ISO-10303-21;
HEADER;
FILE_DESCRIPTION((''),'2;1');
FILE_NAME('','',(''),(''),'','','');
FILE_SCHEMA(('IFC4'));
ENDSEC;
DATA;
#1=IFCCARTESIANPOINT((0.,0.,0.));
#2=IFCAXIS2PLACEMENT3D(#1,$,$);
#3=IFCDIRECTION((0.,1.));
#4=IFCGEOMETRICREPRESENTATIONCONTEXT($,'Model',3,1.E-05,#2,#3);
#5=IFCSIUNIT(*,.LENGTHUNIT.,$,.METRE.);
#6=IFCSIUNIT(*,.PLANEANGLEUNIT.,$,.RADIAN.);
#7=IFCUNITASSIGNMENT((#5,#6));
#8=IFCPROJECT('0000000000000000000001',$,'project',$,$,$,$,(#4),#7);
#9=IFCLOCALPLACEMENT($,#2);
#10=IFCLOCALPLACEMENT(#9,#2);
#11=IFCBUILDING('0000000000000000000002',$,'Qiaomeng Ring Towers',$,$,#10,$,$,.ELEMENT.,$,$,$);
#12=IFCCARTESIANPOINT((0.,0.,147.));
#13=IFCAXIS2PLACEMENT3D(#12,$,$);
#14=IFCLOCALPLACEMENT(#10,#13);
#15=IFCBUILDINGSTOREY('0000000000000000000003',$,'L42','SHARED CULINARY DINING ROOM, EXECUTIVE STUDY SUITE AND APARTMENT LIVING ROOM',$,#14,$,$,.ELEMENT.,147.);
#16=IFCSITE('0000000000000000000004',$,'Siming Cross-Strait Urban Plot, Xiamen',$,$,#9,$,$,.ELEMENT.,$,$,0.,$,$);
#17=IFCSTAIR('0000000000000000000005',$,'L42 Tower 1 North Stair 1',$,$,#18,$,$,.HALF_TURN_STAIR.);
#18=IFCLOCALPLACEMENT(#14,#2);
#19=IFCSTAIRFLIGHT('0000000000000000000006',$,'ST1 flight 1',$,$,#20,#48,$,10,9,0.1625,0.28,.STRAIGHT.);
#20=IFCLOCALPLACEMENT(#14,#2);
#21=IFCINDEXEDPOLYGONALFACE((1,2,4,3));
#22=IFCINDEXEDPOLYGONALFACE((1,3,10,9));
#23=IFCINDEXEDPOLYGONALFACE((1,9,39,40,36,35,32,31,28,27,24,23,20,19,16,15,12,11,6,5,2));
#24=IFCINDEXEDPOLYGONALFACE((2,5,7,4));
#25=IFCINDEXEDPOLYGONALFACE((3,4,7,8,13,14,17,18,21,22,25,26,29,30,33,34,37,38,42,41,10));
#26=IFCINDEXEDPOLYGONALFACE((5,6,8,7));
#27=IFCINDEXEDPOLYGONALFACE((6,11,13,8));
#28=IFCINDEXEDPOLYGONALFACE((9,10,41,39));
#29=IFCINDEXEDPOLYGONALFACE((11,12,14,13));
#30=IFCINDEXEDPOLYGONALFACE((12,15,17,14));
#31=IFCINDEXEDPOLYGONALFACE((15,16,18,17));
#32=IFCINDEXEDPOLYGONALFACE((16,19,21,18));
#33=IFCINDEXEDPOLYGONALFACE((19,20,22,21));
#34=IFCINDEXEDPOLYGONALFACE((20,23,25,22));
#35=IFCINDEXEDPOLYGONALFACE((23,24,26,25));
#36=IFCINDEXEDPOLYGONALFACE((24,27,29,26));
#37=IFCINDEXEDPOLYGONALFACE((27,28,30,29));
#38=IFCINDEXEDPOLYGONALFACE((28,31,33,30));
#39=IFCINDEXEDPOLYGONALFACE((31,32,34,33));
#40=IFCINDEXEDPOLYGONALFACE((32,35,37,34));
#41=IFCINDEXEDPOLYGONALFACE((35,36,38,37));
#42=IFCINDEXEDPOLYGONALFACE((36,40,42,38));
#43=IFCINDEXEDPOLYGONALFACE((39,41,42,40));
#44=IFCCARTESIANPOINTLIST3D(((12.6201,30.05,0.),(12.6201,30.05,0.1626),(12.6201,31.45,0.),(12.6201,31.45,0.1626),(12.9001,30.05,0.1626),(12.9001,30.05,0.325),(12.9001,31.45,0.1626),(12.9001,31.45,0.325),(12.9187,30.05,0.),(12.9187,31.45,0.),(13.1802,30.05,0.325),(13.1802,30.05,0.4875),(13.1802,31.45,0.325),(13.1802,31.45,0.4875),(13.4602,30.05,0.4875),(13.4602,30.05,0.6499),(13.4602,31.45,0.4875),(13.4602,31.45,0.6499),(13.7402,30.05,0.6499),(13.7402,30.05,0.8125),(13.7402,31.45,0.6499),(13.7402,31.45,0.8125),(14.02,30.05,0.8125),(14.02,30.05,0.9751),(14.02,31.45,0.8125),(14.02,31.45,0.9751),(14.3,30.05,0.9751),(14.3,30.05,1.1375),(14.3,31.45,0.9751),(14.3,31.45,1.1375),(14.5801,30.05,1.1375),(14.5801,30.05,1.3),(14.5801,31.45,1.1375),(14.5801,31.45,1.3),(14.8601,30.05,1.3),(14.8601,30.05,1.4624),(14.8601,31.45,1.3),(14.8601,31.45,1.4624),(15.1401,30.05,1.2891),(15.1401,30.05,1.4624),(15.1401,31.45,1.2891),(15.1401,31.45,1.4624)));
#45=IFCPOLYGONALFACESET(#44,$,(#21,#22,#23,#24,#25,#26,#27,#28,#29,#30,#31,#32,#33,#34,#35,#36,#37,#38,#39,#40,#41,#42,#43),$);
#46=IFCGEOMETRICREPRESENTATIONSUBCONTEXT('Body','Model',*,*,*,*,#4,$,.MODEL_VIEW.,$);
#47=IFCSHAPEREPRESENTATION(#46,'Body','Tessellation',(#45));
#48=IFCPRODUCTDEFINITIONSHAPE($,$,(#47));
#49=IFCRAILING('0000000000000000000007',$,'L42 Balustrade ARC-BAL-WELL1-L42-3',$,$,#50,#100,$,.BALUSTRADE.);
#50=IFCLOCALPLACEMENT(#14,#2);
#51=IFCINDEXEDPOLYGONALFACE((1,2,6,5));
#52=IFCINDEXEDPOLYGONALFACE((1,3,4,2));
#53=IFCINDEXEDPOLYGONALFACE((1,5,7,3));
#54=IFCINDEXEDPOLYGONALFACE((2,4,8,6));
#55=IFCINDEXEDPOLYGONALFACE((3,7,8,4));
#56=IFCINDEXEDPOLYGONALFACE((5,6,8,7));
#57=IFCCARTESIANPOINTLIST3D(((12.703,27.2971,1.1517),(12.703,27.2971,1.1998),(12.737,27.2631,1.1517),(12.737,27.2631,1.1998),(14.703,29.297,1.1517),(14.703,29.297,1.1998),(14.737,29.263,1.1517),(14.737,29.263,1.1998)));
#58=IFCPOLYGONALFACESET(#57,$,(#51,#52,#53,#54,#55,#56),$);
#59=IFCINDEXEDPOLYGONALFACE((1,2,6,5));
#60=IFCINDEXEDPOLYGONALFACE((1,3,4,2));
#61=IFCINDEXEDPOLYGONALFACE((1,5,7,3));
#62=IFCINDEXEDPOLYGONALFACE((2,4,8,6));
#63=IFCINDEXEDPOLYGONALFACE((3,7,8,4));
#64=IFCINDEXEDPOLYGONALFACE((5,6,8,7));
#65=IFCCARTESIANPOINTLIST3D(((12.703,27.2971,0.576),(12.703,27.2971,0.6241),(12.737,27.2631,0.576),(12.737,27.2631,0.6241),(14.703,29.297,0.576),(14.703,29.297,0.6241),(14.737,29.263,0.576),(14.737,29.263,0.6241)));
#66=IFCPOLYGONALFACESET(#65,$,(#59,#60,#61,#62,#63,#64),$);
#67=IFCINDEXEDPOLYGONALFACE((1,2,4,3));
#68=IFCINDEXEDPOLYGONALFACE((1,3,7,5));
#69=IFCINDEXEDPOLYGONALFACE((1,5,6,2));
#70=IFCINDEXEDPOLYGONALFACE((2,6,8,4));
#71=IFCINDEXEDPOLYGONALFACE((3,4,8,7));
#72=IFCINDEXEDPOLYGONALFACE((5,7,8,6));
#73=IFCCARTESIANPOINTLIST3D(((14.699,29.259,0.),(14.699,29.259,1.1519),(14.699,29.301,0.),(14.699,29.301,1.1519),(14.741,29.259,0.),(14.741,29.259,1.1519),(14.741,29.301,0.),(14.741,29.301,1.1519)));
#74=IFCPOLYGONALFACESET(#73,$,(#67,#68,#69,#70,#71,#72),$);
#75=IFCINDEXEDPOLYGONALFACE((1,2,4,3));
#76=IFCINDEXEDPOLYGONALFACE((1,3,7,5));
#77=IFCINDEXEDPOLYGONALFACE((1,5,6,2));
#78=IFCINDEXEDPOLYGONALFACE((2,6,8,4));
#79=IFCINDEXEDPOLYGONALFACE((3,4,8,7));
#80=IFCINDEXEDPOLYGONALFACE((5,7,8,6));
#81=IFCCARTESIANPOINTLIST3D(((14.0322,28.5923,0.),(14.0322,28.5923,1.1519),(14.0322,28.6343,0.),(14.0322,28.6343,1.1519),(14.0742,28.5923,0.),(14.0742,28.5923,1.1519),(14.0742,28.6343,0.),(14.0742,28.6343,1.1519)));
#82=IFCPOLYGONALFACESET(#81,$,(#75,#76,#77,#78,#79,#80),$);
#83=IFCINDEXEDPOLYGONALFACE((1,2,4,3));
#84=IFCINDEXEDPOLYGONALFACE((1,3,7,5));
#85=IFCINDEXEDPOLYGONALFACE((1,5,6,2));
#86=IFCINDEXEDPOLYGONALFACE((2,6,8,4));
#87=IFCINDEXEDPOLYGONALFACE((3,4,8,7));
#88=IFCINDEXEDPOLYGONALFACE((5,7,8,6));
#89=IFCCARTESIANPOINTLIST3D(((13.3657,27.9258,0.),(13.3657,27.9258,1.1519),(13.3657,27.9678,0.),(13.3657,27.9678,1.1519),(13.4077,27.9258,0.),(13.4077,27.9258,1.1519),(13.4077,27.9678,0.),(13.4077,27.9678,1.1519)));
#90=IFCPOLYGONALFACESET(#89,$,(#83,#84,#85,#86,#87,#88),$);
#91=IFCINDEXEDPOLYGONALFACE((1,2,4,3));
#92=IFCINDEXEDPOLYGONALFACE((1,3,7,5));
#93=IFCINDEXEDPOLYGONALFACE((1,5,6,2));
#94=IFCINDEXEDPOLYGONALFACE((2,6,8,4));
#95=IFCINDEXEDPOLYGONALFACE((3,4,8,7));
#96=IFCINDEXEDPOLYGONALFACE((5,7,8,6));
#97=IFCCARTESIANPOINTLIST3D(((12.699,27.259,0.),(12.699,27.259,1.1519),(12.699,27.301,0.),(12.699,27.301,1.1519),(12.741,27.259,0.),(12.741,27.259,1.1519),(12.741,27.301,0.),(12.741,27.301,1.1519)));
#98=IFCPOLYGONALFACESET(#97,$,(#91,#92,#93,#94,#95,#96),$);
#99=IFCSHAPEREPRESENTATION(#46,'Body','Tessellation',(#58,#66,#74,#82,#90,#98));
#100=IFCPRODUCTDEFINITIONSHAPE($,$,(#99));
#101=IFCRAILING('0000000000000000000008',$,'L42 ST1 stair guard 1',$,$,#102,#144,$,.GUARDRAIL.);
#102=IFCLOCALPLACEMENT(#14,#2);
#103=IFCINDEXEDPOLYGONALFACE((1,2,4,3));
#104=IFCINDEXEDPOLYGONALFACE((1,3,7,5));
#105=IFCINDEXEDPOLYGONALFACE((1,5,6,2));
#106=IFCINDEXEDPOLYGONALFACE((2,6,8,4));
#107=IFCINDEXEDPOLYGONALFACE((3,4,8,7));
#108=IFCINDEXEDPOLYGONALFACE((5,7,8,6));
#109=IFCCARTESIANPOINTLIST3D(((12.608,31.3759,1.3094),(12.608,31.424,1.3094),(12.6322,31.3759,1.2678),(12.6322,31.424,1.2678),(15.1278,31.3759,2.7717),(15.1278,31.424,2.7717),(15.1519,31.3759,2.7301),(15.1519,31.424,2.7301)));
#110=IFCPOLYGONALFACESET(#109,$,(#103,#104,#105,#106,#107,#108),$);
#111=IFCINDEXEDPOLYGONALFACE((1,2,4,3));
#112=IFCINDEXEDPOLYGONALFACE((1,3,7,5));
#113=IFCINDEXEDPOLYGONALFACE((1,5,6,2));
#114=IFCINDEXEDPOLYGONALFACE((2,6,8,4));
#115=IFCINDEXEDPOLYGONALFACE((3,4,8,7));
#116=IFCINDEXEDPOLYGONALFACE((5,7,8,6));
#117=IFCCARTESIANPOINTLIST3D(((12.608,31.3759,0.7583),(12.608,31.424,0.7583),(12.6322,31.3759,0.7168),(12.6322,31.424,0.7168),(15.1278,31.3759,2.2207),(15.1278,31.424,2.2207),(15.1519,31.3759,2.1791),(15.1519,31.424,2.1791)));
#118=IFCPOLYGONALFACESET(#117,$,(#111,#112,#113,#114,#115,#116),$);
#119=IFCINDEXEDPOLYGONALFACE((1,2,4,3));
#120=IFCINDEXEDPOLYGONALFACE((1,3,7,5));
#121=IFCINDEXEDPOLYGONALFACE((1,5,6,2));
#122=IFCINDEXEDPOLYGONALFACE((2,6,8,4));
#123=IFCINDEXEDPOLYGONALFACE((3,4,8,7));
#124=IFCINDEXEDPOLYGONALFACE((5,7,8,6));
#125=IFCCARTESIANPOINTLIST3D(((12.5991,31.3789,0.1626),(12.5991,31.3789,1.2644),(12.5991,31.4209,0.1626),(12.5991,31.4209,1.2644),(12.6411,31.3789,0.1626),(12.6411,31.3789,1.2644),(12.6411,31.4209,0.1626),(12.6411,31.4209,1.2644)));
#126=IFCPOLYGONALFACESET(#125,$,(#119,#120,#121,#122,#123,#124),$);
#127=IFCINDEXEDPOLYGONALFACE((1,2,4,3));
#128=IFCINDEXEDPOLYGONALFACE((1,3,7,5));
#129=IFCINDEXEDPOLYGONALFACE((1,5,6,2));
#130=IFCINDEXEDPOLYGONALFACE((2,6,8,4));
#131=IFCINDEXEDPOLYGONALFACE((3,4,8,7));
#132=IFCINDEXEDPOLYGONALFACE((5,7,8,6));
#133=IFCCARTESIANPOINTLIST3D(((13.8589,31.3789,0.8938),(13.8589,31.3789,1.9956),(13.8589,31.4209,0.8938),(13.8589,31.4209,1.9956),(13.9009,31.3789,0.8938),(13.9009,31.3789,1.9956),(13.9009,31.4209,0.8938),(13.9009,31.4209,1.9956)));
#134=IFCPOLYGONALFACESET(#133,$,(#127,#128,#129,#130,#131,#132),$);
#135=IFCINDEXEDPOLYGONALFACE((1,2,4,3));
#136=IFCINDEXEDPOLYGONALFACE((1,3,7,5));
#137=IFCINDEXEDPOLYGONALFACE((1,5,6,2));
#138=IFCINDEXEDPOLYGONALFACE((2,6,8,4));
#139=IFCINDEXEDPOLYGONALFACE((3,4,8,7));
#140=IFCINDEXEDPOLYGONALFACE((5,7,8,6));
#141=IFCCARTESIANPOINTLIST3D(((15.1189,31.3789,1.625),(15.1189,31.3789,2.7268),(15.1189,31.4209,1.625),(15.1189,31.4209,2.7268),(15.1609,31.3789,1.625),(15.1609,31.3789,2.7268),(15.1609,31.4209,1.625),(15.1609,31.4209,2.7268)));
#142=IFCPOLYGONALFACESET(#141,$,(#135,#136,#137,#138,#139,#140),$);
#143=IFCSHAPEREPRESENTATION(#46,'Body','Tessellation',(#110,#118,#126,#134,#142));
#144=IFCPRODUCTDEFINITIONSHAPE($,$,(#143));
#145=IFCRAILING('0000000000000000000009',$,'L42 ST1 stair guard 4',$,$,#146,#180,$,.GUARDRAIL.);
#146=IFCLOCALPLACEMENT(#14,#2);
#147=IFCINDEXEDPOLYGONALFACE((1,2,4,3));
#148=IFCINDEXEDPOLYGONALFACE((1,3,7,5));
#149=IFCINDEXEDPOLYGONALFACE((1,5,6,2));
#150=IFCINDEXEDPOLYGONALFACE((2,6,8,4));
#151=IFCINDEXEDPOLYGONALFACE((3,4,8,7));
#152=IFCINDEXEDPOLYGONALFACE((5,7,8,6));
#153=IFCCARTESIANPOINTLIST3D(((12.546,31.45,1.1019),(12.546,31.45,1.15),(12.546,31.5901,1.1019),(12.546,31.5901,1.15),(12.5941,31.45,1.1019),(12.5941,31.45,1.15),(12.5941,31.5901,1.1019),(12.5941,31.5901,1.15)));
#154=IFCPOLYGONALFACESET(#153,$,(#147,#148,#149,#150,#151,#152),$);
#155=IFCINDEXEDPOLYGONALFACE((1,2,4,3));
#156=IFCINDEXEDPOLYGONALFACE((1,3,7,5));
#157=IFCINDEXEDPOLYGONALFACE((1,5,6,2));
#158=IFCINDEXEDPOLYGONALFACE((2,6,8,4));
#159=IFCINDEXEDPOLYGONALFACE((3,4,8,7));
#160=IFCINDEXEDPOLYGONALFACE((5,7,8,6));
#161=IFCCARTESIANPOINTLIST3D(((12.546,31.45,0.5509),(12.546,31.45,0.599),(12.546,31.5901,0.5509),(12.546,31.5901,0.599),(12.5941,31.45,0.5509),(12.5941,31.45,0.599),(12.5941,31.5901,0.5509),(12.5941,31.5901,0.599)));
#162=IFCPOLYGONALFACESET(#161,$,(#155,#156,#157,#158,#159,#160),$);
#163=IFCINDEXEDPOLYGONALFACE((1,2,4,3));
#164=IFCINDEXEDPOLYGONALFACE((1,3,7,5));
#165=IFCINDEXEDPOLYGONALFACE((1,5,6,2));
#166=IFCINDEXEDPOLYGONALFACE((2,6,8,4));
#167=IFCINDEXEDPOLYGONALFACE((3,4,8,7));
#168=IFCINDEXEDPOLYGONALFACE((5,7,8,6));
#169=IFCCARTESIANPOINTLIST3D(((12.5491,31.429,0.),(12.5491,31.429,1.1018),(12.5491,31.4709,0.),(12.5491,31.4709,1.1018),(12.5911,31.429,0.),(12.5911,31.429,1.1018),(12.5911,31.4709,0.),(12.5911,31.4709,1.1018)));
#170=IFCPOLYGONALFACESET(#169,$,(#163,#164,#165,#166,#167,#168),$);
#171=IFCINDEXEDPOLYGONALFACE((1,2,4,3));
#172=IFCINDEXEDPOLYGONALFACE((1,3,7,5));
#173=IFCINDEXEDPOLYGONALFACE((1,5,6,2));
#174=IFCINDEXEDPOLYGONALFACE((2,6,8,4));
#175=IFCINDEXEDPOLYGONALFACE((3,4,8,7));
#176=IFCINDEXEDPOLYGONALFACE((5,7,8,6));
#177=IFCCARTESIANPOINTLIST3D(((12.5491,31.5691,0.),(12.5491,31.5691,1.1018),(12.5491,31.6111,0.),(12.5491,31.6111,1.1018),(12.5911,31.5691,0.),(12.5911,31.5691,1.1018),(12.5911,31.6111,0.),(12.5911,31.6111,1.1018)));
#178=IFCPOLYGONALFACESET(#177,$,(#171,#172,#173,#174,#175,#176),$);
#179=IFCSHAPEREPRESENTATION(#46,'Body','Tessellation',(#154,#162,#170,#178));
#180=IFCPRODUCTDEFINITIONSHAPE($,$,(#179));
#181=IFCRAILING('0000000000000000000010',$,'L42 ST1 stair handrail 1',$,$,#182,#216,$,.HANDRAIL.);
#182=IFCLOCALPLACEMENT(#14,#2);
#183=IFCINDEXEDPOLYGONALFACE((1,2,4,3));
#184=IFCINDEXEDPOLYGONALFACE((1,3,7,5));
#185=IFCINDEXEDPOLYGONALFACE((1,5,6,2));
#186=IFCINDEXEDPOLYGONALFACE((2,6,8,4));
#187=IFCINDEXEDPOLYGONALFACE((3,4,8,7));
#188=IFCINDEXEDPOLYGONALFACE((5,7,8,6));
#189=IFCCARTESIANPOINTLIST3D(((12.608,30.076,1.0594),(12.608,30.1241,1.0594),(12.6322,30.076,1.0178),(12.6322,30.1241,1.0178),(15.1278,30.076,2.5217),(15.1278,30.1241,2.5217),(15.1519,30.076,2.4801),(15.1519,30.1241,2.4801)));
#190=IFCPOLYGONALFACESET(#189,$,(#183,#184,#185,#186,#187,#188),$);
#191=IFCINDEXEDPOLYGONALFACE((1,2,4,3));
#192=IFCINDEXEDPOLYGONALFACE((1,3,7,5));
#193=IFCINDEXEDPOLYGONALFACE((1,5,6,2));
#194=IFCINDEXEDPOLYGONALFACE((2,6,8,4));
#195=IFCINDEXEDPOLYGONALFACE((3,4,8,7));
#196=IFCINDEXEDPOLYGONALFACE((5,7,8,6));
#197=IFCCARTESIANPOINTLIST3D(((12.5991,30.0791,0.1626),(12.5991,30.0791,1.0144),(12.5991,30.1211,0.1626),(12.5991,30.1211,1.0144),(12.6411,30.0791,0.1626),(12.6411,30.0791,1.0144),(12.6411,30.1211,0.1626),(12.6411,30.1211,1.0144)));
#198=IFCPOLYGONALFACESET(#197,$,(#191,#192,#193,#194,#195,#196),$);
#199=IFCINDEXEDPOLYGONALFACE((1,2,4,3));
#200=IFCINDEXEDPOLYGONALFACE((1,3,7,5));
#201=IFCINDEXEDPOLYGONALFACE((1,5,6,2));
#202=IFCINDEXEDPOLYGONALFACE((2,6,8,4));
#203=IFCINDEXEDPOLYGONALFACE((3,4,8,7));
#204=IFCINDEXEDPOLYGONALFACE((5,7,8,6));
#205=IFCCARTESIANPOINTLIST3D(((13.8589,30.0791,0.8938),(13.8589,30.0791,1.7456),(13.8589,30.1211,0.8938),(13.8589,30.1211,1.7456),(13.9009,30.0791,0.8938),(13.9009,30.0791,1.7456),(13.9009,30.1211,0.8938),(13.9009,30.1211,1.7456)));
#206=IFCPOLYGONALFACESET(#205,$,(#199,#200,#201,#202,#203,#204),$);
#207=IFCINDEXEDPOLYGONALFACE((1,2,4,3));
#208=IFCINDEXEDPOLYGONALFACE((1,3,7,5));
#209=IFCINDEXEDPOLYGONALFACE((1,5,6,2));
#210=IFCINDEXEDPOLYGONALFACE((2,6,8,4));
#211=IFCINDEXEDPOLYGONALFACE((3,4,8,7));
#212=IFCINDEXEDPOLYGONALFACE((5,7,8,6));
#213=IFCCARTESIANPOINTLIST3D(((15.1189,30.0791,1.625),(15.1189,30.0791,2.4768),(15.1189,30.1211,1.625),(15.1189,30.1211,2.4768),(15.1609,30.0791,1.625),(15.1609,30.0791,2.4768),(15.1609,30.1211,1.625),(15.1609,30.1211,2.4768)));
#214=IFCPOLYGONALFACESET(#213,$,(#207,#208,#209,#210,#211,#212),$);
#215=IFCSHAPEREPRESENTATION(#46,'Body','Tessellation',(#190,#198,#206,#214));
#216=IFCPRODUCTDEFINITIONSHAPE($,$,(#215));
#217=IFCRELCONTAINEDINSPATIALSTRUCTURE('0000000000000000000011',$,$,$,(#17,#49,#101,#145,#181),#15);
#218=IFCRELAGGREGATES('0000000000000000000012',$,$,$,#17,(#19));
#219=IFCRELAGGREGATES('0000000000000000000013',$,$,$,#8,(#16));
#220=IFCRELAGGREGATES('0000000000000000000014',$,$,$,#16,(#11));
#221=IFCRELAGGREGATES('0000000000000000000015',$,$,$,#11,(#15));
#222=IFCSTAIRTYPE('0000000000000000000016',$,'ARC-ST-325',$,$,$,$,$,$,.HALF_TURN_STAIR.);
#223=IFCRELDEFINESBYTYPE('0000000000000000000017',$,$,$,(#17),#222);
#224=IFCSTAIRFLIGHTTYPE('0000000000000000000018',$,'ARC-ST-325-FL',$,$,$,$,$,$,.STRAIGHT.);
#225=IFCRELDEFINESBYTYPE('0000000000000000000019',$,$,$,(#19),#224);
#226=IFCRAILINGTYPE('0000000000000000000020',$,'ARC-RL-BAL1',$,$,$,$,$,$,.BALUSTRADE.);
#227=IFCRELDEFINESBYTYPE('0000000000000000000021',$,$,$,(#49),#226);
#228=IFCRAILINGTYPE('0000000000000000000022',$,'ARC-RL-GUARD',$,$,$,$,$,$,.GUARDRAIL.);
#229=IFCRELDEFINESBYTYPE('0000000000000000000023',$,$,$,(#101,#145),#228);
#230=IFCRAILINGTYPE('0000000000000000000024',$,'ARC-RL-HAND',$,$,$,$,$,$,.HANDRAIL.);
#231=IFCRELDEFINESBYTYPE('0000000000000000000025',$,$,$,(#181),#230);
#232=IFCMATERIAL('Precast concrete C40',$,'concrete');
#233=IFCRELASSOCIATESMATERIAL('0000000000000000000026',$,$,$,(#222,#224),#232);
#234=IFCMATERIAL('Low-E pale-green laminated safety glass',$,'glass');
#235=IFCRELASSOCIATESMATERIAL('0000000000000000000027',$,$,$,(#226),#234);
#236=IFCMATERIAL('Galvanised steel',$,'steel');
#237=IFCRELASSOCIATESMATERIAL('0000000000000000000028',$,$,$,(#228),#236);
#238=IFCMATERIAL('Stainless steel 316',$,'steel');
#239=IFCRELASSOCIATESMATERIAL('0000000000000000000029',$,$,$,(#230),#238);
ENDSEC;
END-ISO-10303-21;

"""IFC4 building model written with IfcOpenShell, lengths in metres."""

from ifc_helpers import new_model, si_unit, direction, frame, origin, origin_2d, place, context, subcontext, project, spatial, polyline, rectangle, outline, extrude, source, transform, mapped, material, type_object, element, aggregate, save


model = new_model("IFC4")

# Units and contexts
model_context = context("Model", 3, precision=1e-05, world=origin(), true_north=direction((0.0, 1.0)))
body_context = subcontext(model_context, "Body", "Model", "MODEL_VIEW")
ifc_project = project(units=[si_unit("LENGTHUNIT", "METRE"), si_unit("PLANEANGLEUNIT", "RADIAN")], contexts=[model_context])

# Site, building, storey
site_placement = place(None, origin())
site = spatial("IfcSite", under=ifc_project, at=site_placement, Name="Siming Cross-Strait Urban Plot, Xiamen", CompositionType="ELEMENT", RefElevation=0.0)
building_placement = place(site_placement, origin())
building = spatial("IfcBuilding", under=site, at=building_placement, Name="Qiaomeng Ring Towers", CompositionType="ELEMENT")
storey_placement = place(building_placement, frame((0.0, 0.0, 147.0)))
storey = spatial("IfcBuildingStorey", under=building, at=storey_placement, Name="L42", Description="SHARED CULINARY DINING ROOM, EXECUTIVE STUDY SUITE AND APARTMENT LIVING ROOM", CompositionType="ELEMENT", Elevation=147.0)

# Stair, stair flight
ifc_material_1 = material(Name="Precast concrete C40", Category="concrete")
stair_type = type_object("IfcStairType", Name="ARC-ST-325", PredefinedType="HALF_TURN_STAIR", material=ifc_material_1)
stair_placement = place(storey_placement, origin())
stair = element("IfcStair", 1, at=stair_placement, inside=storey, type_object=stair_type, Name="L42 Tower 1 North Stair 1", PredefinedType="HALF_TURN_STAIR")
stair_flight_type = type_object("IfcStairFlightType", Name="ARC-ST-325-FL", PredefinedType="STRAIGHT", material=ifc_material_1)
shared_shape_1 = source(origin(), body_context, "Body", "SweptSolid", [
    extrude(outline(polyline([(0.0, 0.0), (0.0, 0.1626), (0.28, 0.1626), (0.28, 0.325), (0.5601, 0.325), (0.5601, 0.4875), (0.8401, 0.4875), (0.8401, 0.6499), (1.1201, 0.6499), (1.1201, 0.8125), (1.3999, 0.8125), (1.3999, 0.9751), (1.6799, 0.9751), (1.6799, 1.1375), (1.96, 1.1375), (1.96, 1.3), (2.24, 1.3), (2.24, 1.4624), (2.52, 1.4624), (2.52, 1.625), (2.52, 1.2891), (0.2986, 0.0), (0.0, 0.0)])), frame((0.0, 0.7, 0.0), z_axis=(0.0, -1.0, 0.0), x_axis=(1.0, 0.0, 0.0)), (0.0, 0.0, 1.0), 1.3999),
])
stair_flight_placement = place(storey_placement, frame((12.6201, 30.75, 0.0), z_axis=(0.0, 0.0, 1.0), x_axis=(1.0, 0.0, 0.0)))
stair_flight = element("IfcStairFlight", 2, at=stair_flight_placement, type_object=stair_flight_type, Name="ST1 flight 1", NumberOfRisers=10, NumberOfTreads=9, PredefinedType="STRAIGHT", RiserHeight=0.1625, TreadLength=0.28, context=body_context, shape_type="MappedRepresentation", body=[
    mapped(shared_shape_1, transform((0.0, 0.0, 0.0), x_axis=(1.0, 0.0, 0.0), y_axis=(0.0, 1.0, 0.0), z_axis=(0.0, 0.0, 1.0), scale=1.0)),
])
aggregate(stair, [stair_flight])

# Railings
ifc_material_2 = material(Name="Low-E pale-green laminated safety glass", Category="glass")
railing_type_1 = type_object("IfcRailingType", Name="ARC-RL-BAL1", PredefinedType="BALUSTRADE", material=ifc_material_2)
railing_1_placement = place(storey_placement, frame((14.72, 29.28, 0.0)))
element("IfcRailing", 3, at=railing_1_placement, inside=storey, type_object=railing_type_1, Name="L42 Balustrade ARC-BAL-WELL1-L42-3", PredefinedType="BALUSTRADE", context=body_context, shape_type="SweptSolid", body=[
    extrude(rectangle(XDim=0.0481, YDim=0.0481, at=origin_2d()), frame((0.0, 0.0, 1.1758), z_axis=(-0.707107, -0.707107, 0.0), x_axis=(0.707107, -0.707107, 0.0)), (0.0, 0.0, 1.0), 2.8284),
    extrude(rectangle(XDim=0.0481, YDim=0.0481, at=origin_2d()), frame((0.0, 0.0, 0.6001), z_axis=(-0.707107, -0.707107, 0.0), x_axis=(0.707107, -0.707107, 0.0)), (0.0, 0.0, 1.0), 2.8284),
    extrude(rectangle(XDim=0.042, YDim=0.042, at=origin_2d()), origin(), (0.0, 0.0, 1.0), 1.1519),
    extrude(rectangle(XDim=0.042, YDim=0.042, at=origin_2d()), frame((-0.6667, -0.6667, 0.0)), (0.0, 0.0, 1.0), 1.1519),
    extrude(rectangle(XDim=0.042, YDim=0.042, at=origin_2d()), frame((-1.3333, -1.3333, 0.0)), (0.0, 0.0, 1.0), 1.1519),
    extrude(rectangle(XDim=0.042, YDim=0.042, at=origin_2d()), frame((-2.0, -2.0, 0.0)), (0.0, 0.0, 1.0), 1.1519),
])
ifc_material_3 = material(Name="Galvanised steel", Category="steel")
railing_type_2 = type_object("IfcRailingType", Name="ARC-RL-GUARD", PredefinedType="GUARDRAIL", material=ifc_material_3)
railing_2_placement = place(storey_placement, frame((12.6201, 31.3999, 0.1626)))
element("IfcRailing", 4, at=railing_2_placement, inside=storey, type_object=railing_type_2, Name="L42 ST1 stair guard 1", PredefinedType="GUARDRAIL", context=body_context, shape_type="SweptSolid", body=[
    extrude(rectangle(XDim=0.0481, YDim=0.0481, at=origin_2d()), frame((0.0, 0.0, 1.126), z_axis=(0.864892, 0.0, 0.501958), x_axis=(0.0, 1.0, 0.0)), (0.0, 0.0, 1.0), 2.9133),
    extrude(rectangle(XDim=0.0481, YDim=0.0481, at=origin_2d()), frame((0.0, 0.0, 0.575), z_axis=(0.864892, 0.0, 0.501958), x_axis=(0.0, 1.0, 0.0)), (0.0, 0.0, 1.0), 2.9133),
    extrude(rectangle(XDim=0.042, YDim=0.042, at=origin_2d()), origin(), (0.0, 0.0, 1.0), 1.1018),
    extrude(rectangle(XDim=0.042, YDim=0.042, at=origin_2d()), frame((1.2598, 0.0, 0.7312)), (0.0, 0.0, 1.0), 1.1018),
    extrude(rectangle(XDim=0.042, YDim=0.042, at=origin_2d()), frame((2.5198, 0.0, 1.4624)), (0.0, 0.0, 1.0), 1.1018),
])
railing_3_placement = place(storey_placement, frame((12.5701, 31.45, 0.0)))
element("IfcRailing", 5, at=railing_3_placement, inside=storey, type_object=railing_type_2, Name="L42 ST1 stair guard 4", PredefinedType="GUARDRAIL", context=body_context, shape_type="SweptSolid", body=[
    extrude(rectangle(XDim=0.0481, YDim=0.0481, at=origin_2d()), frame((0.0, 0.0, 1.126), z_axis=(0.0, 1.0, 0.0), x_axis=(-1.0, 0.0, 0.0)), (0.0, 0.0, 1.0), 0.1401),
    extrude(rectangle(XDim=0.0481, YDim=0.0481, at=origin_2d()), frame((0.0, 0.0, 0.575), z_axis=(0.0, 1.0, 0.0), x_axis=(-1.0, 0.0, 0.0)), (0.0, 0.0, 1.0), 0.1401),
    extrude(rectangle(XDim=0.042, YDim=0.042, at=origin_2d()), origin(), (0.0, 0.0, 1.0), 1.1018),
    extrude(rectangle(XDim=0.042, YDim=0.042, at=origin_2d()), frame((0.0, 0.1401, 0.0)), (0.0, 0.0, 1.0), 1.1018),
])
ifc_material_4 = material(Name="Stainless steel 316", Category="steel")
railing_type_3 = type_object("IfcRailingType", Name="ARC-RL-HAND", PredefinedType="HANDRAIL", material=ifc_material_4)
railing_4_placement = place(storey_placement, frame((12.6201, 30.1001, 0.1626)))
element("IfcRailing", 6, at=railing_4_placement, inside=storey, type_object=railing_type_3, Name="L42 ST1 stair handrail 1", PredefinedType="HANDRAIL", context=body_context, shape_type="SweptSolid", body=[
    extrude(rectangle(XDim=0.0481, YDim=0.0481, at=origin_2d()), frame((0.0, 0.0, 0.876), z_axis=(0.864892, 0.0, 0.501958), x_axis=(0.0, 1.0, 0.0)), (0.0, 0.0, 1.0), 2.9133),
    extrude(rectangle(XDim=0.042, YDim=0.042, at=origin_2d()), origin(), (0.0, 0.0, 1.0), 0.8518),
    extrude(rectangle(XDim=0.042, YDim=0.042, at=origin_2d()), frame((1.2598, 0.0, 0.7312)), (0.0, 0.0, 1.0), 0.8518),
    extrude(rectangle(XDim=0.042, YDim=0.042, at=origin_2d()), frame((2.5198, 0.0, 1.4624)), (0.0, 0.0, 1.0), 0.8518),
])

save(model, "model.ifc")
